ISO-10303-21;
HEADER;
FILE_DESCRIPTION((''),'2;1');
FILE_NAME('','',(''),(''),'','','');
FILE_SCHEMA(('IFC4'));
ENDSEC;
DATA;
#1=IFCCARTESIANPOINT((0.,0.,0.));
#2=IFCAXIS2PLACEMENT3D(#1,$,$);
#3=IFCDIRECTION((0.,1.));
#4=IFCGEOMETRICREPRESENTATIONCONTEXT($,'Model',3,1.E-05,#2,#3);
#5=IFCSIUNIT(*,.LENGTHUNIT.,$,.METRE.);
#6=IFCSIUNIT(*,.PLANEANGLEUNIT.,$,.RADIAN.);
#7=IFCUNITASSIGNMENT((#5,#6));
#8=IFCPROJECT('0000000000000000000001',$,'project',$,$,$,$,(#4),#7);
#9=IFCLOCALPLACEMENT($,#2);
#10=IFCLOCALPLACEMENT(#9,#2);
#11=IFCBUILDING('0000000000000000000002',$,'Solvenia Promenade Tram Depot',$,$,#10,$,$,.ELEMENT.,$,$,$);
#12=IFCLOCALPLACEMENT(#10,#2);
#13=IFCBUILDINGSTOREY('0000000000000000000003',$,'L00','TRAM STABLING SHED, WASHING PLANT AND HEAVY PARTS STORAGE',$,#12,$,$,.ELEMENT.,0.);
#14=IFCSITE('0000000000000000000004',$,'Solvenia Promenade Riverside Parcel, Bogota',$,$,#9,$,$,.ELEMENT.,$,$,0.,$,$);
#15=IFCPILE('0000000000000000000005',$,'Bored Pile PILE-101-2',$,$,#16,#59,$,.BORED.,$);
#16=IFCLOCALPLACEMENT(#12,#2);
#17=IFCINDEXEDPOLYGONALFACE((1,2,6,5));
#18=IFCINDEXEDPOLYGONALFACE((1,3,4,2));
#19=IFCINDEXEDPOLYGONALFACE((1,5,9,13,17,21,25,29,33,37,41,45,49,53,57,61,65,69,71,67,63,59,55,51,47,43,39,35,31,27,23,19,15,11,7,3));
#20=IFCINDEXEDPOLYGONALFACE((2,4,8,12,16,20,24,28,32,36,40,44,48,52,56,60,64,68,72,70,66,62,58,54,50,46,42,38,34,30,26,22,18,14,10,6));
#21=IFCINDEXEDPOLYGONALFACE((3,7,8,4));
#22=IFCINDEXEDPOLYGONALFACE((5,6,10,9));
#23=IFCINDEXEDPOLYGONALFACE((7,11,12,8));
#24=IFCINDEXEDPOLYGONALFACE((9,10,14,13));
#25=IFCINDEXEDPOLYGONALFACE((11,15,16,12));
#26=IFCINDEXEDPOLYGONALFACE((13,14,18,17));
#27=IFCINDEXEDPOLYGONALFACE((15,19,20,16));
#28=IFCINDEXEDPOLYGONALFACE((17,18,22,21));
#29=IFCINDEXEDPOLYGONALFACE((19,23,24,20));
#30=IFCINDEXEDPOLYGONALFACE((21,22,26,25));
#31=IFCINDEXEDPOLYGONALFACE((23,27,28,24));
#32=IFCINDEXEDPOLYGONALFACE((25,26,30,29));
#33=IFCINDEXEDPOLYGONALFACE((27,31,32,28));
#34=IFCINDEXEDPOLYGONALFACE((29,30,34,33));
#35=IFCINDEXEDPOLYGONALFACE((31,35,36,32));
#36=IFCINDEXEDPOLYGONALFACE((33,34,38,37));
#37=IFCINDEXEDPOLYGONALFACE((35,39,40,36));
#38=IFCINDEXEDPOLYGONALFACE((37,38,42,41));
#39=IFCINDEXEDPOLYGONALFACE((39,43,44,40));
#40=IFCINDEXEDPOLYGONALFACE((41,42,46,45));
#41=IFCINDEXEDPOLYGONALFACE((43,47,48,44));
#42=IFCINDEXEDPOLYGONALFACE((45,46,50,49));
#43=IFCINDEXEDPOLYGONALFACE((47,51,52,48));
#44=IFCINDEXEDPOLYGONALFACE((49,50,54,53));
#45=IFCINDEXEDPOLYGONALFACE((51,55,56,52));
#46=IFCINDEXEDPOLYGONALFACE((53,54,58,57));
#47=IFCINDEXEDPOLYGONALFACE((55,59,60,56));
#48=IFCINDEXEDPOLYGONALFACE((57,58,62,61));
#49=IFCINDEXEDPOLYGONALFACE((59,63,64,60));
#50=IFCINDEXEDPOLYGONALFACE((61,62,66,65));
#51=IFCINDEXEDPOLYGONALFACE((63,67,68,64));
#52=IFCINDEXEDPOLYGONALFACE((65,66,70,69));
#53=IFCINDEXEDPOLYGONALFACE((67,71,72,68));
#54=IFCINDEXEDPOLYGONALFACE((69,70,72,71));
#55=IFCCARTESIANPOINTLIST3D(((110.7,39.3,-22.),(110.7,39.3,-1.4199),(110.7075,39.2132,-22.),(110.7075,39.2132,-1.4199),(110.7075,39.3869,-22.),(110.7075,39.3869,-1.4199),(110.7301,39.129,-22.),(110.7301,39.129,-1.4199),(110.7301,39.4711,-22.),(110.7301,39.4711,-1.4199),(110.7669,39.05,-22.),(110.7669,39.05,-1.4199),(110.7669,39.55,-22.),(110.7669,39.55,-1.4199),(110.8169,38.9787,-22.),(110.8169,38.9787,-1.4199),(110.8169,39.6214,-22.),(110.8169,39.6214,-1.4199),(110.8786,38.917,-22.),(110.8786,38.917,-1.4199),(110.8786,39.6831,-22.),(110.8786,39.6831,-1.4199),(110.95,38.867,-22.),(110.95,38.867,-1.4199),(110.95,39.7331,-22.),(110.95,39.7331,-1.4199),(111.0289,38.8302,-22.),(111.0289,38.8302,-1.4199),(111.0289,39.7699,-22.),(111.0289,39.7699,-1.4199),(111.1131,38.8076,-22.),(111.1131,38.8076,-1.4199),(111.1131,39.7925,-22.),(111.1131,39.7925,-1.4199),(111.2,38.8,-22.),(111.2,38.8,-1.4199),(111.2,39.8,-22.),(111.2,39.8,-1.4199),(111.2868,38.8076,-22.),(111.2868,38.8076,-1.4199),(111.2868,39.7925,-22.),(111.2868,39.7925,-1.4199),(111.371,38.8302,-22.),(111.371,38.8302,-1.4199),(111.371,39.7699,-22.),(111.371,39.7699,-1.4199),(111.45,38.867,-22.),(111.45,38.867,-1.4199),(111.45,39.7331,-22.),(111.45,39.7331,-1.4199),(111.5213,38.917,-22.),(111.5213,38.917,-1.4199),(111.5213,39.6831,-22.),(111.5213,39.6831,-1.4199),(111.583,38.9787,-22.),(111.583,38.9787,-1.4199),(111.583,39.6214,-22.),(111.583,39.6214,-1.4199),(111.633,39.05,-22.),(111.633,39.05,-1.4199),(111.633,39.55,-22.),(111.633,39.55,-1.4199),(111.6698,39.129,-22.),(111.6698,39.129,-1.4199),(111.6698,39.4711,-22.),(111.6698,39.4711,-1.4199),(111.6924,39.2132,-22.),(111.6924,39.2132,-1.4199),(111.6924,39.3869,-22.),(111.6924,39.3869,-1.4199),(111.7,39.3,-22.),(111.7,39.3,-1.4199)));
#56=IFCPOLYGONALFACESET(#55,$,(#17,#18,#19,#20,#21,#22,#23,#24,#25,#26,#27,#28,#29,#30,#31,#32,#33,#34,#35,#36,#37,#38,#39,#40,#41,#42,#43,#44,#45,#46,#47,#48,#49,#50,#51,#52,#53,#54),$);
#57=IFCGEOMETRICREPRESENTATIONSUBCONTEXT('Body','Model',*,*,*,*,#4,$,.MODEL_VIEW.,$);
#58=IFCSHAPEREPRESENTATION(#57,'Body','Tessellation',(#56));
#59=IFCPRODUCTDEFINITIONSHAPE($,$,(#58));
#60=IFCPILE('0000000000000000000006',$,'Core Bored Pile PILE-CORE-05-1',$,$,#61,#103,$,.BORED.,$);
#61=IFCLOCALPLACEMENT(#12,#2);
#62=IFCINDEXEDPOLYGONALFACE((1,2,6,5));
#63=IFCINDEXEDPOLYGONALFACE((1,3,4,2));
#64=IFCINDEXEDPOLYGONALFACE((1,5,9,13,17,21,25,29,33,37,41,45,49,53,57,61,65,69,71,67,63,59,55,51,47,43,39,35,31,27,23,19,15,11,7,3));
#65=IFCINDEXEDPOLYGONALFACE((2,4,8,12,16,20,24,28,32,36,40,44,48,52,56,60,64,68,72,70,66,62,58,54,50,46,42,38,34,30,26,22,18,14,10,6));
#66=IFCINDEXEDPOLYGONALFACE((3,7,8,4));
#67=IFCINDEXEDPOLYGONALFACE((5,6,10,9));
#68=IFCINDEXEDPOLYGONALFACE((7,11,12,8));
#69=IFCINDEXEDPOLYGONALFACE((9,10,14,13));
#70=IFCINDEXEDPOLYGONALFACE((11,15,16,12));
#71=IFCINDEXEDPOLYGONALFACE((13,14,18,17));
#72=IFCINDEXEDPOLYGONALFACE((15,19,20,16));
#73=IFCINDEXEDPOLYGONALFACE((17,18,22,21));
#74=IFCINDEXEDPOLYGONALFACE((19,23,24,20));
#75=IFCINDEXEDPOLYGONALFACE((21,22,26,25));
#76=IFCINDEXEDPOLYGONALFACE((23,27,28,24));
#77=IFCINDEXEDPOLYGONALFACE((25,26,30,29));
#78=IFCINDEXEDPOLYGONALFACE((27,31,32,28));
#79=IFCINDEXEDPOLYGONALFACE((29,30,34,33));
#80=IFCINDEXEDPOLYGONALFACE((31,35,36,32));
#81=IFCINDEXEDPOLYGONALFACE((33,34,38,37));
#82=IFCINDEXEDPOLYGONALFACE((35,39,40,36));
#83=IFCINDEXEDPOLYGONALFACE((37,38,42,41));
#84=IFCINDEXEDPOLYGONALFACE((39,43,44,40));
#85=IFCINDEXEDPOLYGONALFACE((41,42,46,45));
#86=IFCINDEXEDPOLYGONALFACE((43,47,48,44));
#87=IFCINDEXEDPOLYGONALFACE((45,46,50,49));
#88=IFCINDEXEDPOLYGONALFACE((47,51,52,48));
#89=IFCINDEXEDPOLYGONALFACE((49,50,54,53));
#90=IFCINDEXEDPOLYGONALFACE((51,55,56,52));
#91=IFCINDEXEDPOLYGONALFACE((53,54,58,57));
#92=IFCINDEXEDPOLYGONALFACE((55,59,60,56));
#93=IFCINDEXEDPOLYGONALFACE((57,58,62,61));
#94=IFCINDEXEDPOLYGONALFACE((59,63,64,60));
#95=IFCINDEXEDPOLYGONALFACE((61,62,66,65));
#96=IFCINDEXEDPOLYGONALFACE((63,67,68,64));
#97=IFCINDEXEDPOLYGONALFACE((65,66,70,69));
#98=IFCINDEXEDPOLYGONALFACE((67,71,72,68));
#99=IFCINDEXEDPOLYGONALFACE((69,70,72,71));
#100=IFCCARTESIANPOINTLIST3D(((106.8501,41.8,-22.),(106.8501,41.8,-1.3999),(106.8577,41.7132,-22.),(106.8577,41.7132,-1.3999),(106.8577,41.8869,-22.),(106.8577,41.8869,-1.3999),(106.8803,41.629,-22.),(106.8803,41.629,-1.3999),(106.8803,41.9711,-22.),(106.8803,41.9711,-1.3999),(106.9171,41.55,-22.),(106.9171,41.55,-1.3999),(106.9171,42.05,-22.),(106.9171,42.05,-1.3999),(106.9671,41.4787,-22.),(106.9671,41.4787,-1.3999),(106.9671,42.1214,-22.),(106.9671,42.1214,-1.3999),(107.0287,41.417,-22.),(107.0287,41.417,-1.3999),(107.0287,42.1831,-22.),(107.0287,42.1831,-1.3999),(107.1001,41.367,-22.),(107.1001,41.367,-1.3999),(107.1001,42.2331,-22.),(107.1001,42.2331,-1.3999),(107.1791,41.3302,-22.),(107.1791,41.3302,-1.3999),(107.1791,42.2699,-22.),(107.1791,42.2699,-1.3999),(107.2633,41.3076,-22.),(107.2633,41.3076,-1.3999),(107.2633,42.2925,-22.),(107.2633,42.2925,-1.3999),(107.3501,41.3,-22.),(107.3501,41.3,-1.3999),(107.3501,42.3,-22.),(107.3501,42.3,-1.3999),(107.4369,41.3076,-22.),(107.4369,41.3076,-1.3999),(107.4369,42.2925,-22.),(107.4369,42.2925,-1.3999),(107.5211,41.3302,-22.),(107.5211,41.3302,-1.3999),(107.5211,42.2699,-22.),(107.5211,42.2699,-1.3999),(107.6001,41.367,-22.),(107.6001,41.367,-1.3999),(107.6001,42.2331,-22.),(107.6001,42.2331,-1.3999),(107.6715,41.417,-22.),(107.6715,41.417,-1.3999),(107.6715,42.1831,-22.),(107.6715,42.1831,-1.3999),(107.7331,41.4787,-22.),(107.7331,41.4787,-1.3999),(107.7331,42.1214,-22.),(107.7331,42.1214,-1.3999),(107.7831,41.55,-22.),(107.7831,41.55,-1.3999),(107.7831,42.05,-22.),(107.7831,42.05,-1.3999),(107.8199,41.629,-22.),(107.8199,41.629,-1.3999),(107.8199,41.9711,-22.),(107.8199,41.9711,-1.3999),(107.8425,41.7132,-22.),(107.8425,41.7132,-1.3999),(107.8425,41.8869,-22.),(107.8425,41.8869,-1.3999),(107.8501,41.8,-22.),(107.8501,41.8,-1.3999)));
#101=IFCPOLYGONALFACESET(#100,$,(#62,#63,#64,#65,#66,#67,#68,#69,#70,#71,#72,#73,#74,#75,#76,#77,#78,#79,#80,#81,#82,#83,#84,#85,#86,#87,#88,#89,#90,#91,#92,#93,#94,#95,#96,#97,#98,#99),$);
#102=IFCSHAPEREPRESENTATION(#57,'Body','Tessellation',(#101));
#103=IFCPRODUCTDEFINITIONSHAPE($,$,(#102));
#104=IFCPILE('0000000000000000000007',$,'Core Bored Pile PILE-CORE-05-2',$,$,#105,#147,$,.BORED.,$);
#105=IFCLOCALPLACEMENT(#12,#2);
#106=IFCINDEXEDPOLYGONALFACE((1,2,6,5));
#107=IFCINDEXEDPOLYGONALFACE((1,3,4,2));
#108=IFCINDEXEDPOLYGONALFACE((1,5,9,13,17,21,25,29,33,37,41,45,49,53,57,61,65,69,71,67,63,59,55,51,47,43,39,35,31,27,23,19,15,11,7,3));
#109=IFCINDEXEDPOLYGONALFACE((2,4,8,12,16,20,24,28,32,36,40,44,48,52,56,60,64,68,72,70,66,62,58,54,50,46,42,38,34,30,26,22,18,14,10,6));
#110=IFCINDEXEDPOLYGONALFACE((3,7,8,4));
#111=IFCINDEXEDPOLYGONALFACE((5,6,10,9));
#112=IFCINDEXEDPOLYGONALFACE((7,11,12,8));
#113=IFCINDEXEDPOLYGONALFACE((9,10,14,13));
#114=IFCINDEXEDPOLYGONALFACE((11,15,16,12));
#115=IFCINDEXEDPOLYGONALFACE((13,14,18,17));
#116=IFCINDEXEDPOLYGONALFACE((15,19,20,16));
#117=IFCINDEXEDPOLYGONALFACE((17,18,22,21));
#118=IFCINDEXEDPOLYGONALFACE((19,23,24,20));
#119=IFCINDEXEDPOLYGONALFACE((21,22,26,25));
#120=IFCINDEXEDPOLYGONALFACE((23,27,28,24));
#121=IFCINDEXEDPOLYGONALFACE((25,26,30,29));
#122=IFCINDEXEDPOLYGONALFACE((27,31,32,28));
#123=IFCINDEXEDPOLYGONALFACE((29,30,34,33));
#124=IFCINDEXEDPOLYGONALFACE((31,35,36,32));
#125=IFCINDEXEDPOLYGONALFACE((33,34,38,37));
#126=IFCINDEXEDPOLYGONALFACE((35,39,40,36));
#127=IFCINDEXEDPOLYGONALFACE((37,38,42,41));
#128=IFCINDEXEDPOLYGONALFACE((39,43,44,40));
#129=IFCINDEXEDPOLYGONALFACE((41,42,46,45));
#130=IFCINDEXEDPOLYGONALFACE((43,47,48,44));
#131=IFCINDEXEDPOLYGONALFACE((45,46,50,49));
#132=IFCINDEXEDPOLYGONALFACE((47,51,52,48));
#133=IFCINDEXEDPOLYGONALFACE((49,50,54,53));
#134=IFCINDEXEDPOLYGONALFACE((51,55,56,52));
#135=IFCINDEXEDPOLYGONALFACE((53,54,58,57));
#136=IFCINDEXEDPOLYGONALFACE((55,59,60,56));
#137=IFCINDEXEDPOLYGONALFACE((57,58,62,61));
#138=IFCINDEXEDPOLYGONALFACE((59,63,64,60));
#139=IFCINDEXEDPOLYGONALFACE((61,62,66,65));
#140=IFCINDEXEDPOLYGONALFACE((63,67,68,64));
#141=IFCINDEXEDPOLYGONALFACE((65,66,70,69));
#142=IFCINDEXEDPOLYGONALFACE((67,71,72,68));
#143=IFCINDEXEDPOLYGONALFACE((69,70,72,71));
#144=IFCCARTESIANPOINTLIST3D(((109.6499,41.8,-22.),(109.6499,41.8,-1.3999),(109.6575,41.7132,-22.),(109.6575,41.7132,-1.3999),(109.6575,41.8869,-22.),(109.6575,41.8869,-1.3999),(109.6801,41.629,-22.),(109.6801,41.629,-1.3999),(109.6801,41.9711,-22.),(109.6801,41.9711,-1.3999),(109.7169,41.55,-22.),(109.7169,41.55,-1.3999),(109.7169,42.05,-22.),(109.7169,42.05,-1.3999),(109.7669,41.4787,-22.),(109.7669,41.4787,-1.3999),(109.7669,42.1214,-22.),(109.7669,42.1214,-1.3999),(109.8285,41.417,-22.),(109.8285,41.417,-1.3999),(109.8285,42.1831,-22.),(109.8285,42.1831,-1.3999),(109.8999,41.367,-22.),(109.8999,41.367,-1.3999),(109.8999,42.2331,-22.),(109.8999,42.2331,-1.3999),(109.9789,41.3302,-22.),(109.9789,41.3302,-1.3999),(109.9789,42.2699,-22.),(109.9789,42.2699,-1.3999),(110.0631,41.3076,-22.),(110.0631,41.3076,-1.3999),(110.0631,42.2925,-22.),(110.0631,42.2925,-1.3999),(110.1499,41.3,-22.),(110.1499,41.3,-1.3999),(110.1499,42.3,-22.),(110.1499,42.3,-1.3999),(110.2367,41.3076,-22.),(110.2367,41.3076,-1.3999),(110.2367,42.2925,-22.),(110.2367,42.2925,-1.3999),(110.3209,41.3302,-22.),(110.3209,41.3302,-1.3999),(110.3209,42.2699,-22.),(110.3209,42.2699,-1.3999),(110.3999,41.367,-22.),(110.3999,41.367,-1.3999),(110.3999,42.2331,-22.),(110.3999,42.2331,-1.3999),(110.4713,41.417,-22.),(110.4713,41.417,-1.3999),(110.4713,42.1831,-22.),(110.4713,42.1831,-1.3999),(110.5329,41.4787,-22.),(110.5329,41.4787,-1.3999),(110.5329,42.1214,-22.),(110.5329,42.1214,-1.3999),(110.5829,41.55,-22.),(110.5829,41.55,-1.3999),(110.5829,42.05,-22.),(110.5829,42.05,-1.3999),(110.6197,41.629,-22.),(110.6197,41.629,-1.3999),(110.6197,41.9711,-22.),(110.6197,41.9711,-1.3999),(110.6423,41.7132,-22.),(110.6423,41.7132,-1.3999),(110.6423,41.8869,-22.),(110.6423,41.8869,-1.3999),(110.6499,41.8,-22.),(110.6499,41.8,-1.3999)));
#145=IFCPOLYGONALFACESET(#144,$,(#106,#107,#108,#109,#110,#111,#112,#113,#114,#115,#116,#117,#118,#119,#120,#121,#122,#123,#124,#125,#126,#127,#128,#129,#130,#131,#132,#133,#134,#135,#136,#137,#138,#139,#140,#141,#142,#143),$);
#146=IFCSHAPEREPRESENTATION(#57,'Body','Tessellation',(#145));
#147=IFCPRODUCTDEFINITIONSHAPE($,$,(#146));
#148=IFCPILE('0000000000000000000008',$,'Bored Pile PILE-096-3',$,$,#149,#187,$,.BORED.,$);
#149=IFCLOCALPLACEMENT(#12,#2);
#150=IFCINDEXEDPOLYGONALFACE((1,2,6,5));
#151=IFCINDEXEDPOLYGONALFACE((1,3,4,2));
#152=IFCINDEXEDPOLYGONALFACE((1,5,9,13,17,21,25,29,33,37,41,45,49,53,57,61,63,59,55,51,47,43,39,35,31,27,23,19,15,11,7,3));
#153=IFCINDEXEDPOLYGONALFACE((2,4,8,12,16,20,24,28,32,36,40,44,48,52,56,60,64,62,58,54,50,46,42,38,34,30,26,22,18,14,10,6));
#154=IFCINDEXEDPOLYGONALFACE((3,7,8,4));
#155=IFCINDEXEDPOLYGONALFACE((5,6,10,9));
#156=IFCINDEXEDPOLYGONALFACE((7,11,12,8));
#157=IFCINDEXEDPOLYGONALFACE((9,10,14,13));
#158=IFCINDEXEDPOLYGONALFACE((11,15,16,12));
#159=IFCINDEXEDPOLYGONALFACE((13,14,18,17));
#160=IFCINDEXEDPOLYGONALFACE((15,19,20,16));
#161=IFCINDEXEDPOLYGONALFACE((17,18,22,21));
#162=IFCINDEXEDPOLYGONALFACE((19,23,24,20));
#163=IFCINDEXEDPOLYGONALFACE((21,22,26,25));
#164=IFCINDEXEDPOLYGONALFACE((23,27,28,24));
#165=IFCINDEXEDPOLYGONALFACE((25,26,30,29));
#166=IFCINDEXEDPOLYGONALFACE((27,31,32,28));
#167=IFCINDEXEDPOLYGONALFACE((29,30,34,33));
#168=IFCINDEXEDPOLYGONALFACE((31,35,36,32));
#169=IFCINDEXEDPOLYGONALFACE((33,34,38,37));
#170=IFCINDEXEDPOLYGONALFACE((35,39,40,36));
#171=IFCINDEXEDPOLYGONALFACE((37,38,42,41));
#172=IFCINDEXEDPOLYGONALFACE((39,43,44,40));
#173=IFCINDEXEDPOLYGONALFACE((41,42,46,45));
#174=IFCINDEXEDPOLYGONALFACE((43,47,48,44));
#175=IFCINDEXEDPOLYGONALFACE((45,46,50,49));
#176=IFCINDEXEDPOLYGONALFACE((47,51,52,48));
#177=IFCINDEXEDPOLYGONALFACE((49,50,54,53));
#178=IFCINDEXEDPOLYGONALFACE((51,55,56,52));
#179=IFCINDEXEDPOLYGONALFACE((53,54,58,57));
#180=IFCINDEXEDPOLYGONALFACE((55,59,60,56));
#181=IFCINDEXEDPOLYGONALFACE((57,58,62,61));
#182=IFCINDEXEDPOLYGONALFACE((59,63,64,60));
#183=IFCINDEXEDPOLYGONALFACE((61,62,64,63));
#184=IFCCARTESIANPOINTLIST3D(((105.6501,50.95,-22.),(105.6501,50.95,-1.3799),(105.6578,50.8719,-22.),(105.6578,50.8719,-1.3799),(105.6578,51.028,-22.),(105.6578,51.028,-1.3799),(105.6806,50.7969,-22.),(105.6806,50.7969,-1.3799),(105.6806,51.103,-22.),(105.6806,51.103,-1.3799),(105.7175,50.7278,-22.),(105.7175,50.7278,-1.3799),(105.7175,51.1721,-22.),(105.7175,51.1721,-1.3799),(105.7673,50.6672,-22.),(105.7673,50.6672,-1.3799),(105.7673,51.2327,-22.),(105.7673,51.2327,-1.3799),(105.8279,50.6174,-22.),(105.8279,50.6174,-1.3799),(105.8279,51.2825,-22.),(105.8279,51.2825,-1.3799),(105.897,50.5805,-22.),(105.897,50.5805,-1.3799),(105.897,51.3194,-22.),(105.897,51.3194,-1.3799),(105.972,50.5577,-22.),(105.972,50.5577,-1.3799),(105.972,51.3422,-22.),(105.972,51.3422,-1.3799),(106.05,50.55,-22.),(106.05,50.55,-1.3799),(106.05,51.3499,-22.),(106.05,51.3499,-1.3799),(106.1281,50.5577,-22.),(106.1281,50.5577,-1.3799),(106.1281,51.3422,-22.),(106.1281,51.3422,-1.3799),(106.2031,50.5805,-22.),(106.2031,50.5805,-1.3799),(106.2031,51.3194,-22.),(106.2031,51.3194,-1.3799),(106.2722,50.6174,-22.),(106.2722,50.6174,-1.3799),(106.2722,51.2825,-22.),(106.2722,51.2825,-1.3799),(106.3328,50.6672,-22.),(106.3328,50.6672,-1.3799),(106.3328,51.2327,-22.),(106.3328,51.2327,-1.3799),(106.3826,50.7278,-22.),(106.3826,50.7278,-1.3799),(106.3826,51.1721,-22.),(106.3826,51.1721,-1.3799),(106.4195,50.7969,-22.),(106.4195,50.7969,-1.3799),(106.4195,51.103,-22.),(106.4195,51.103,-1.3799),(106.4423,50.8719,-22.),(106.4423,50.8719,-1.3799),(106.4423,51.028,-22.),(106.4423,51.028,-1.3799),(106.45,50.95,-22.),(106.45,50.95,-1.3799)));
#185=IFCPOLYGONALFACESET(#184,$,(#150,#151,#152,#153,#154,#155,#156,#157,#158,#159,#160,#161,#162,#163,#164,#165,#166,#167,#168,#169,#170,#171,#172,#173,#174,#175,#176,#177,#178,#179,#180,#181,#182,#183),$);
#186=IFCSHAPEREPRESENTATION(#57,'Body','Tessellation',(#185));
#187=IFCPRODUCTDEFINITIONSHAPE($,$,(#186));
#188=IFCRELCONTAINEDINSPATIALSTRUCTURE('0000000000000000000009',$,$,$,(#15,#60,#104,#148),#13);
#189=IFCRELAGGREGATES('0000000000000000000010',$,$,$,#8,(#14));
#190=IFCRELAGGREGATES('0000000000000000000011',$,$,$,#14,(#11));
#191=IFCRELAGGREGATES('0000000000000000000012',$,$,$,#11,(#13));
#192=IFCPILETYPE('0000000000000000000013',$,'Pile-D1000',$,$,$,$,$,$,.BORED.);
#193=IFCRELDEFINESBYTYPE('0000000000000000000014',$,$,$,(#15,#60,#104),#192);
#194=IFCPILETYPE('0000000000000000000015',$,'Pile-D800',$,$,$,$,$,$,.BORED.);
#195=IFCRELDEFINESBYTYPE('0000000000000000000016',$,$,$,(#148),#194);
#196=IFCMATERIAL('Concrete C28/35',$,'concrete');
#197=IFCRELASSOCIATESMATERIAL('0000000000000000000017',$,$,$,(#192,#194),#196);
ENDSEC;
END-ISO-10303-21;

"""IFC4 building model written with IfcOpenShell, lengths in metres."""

from ifc_helpers import new_model, si_unit, direction, frame, origin, origin_2d, place, context, subcontext, project, spatial, circle, extrude, material, material_profile, profile_set, type_object, element, save


model = new_model("IFC4")

# Units and contexts
model_context = context("Model", 3, precision=1e-05, world=origin(), true_north=direction((0.0, 1.0)))
body_context = subcontext(model_context, "Body", "Model", "MODEL_VIEW")
ifc_project = project(units=[si_unit("LENGTHUNIT", "METRE"), si_unit("PLANEANGLEUNIT", "RADIAN")], contexts=[model_context])

# Site, building, storey
site_placement = place(None, origin())
site = spatial("IfcSite", under=ifc_project, at=site_placement, Name="Solvenia Promenade Riverside Parcel, Bogota", CompositionType="ELEMENT", RefElevation=0.0)
building_placement = place(site_placement, origin())
building = spatial("IfcBuilding", under=site, at=building_placement, Name="Solvenia Promenade Tram Depot", CompositionType="ELEMENT")
storey_placement = place(building_placement, origin())
storey = spatial("IfcBuildingStorey", under=building, at=storey_placement, Name="L00", Description="TRAM STABLING SHED, WASHING PLANT AND HEAVY PARTS STORAGE", CompositionType="ELEMENT", Elevation=0.0)

# Shared definitions
ifc_material_1 = material(Name="Concrete C28/35", Category="concrete")

# Piles
ifc_material_profile_1 = material_profile(ifc_material_1, circle(Radius=0.5, at=origin_2d()), Name="D1000", Category="concrete")
ifc_profile_set_1 = profile_set([ifc_material_profile_1], Name="Concrete C28/35")
pile_type_1 = type_object("IfcPileType", Name="Pile-D1000", PredefinedType="BORED", material=ifc_profile_set_1)
for number, where, z_axis, x_axis, name in (
    (1, (111.2, 39.3, -1.4199), (0.0, 0.0, -1.0), (1.0, 0.0, 0.0), "Bored Pile PILE-101-2"),
):
    element("IfcPile", number, at=place(storey_placement, frame(where, z_axis=z_axis, x_axis=x_axis)), inside=storey, type_object=pile_type_1, Name=name, PredefinedType="BORED", context=body_context, shape_type="SweptSolid", body=[
        extrude(circle(Radius=0.5, at=origin_2d()), origin(), (0.0, 0.0, 1.0), 20.5801),
    ])
for number, where, z_axis, x_axis, name in (
    (2, (107.3501, 41.8, -1.3999), (0.0, 0.0, -1.0), (1.0, 0.0, 0.0), "Core Bored Pile PILE-CORE-05-1"),
    (3, (110.1499, 41.8, -1.3999), (0.0, 0.0, -1.0), (1.0, 0.0, 0.0), "Core Bored Pile PILE-CORE-05-2"),
):
    element("IfcPile", number, at=place(storey_placement, frame(where, z_axis=z_axis, x_axis=x_axis)), inside=storey, type_object=pile_type_1, Name=name, PredefinedType="BORED", context=body_context, shape_type="SweptSolid", body=[
        extrude(circle(Radius=0.5, at=origin_2d()), origin(), (0.0, 0.0, 1.0), 20.6001),
    ])
ifc_material_profile_2 = material_profile(ifc_material_1, circle(Radius=0.3999, at=origin_2d()), Name="D800", Category="concrete")
ifc_profile_set_2 = profile_set([ifc_material_profile_2], Name="Concrete C28/35")
pile_type_2 = type_object("IfcPileType", Name="Pile-D800", PredefinedType="BORED", material=ifc_profile_set_2)
for number, where, z_axis, x_axis, name in (
    (4, (106.05, 50.95, -1.3799), (0.0, 0.0, -1.0), (1.0, 0.0, 0.0), "Bored Pile PILE-096-3"),
):
    element("IfcPile", number, at=place(storey_placement, frame(where, z_axis=z_axis, x_axis=x_axis)), inside=storey, type_object=pile_type_2, Name=name, PredefinedType="BORED", context=body_context, shape_type="SweptSolid", body=[
        extrude(circle(Radius=0.3999, at=origin_2d()), origin(), (0.0, 0.0, 1.0), 20.6201),
    ])

save(model, "model.ifc")
